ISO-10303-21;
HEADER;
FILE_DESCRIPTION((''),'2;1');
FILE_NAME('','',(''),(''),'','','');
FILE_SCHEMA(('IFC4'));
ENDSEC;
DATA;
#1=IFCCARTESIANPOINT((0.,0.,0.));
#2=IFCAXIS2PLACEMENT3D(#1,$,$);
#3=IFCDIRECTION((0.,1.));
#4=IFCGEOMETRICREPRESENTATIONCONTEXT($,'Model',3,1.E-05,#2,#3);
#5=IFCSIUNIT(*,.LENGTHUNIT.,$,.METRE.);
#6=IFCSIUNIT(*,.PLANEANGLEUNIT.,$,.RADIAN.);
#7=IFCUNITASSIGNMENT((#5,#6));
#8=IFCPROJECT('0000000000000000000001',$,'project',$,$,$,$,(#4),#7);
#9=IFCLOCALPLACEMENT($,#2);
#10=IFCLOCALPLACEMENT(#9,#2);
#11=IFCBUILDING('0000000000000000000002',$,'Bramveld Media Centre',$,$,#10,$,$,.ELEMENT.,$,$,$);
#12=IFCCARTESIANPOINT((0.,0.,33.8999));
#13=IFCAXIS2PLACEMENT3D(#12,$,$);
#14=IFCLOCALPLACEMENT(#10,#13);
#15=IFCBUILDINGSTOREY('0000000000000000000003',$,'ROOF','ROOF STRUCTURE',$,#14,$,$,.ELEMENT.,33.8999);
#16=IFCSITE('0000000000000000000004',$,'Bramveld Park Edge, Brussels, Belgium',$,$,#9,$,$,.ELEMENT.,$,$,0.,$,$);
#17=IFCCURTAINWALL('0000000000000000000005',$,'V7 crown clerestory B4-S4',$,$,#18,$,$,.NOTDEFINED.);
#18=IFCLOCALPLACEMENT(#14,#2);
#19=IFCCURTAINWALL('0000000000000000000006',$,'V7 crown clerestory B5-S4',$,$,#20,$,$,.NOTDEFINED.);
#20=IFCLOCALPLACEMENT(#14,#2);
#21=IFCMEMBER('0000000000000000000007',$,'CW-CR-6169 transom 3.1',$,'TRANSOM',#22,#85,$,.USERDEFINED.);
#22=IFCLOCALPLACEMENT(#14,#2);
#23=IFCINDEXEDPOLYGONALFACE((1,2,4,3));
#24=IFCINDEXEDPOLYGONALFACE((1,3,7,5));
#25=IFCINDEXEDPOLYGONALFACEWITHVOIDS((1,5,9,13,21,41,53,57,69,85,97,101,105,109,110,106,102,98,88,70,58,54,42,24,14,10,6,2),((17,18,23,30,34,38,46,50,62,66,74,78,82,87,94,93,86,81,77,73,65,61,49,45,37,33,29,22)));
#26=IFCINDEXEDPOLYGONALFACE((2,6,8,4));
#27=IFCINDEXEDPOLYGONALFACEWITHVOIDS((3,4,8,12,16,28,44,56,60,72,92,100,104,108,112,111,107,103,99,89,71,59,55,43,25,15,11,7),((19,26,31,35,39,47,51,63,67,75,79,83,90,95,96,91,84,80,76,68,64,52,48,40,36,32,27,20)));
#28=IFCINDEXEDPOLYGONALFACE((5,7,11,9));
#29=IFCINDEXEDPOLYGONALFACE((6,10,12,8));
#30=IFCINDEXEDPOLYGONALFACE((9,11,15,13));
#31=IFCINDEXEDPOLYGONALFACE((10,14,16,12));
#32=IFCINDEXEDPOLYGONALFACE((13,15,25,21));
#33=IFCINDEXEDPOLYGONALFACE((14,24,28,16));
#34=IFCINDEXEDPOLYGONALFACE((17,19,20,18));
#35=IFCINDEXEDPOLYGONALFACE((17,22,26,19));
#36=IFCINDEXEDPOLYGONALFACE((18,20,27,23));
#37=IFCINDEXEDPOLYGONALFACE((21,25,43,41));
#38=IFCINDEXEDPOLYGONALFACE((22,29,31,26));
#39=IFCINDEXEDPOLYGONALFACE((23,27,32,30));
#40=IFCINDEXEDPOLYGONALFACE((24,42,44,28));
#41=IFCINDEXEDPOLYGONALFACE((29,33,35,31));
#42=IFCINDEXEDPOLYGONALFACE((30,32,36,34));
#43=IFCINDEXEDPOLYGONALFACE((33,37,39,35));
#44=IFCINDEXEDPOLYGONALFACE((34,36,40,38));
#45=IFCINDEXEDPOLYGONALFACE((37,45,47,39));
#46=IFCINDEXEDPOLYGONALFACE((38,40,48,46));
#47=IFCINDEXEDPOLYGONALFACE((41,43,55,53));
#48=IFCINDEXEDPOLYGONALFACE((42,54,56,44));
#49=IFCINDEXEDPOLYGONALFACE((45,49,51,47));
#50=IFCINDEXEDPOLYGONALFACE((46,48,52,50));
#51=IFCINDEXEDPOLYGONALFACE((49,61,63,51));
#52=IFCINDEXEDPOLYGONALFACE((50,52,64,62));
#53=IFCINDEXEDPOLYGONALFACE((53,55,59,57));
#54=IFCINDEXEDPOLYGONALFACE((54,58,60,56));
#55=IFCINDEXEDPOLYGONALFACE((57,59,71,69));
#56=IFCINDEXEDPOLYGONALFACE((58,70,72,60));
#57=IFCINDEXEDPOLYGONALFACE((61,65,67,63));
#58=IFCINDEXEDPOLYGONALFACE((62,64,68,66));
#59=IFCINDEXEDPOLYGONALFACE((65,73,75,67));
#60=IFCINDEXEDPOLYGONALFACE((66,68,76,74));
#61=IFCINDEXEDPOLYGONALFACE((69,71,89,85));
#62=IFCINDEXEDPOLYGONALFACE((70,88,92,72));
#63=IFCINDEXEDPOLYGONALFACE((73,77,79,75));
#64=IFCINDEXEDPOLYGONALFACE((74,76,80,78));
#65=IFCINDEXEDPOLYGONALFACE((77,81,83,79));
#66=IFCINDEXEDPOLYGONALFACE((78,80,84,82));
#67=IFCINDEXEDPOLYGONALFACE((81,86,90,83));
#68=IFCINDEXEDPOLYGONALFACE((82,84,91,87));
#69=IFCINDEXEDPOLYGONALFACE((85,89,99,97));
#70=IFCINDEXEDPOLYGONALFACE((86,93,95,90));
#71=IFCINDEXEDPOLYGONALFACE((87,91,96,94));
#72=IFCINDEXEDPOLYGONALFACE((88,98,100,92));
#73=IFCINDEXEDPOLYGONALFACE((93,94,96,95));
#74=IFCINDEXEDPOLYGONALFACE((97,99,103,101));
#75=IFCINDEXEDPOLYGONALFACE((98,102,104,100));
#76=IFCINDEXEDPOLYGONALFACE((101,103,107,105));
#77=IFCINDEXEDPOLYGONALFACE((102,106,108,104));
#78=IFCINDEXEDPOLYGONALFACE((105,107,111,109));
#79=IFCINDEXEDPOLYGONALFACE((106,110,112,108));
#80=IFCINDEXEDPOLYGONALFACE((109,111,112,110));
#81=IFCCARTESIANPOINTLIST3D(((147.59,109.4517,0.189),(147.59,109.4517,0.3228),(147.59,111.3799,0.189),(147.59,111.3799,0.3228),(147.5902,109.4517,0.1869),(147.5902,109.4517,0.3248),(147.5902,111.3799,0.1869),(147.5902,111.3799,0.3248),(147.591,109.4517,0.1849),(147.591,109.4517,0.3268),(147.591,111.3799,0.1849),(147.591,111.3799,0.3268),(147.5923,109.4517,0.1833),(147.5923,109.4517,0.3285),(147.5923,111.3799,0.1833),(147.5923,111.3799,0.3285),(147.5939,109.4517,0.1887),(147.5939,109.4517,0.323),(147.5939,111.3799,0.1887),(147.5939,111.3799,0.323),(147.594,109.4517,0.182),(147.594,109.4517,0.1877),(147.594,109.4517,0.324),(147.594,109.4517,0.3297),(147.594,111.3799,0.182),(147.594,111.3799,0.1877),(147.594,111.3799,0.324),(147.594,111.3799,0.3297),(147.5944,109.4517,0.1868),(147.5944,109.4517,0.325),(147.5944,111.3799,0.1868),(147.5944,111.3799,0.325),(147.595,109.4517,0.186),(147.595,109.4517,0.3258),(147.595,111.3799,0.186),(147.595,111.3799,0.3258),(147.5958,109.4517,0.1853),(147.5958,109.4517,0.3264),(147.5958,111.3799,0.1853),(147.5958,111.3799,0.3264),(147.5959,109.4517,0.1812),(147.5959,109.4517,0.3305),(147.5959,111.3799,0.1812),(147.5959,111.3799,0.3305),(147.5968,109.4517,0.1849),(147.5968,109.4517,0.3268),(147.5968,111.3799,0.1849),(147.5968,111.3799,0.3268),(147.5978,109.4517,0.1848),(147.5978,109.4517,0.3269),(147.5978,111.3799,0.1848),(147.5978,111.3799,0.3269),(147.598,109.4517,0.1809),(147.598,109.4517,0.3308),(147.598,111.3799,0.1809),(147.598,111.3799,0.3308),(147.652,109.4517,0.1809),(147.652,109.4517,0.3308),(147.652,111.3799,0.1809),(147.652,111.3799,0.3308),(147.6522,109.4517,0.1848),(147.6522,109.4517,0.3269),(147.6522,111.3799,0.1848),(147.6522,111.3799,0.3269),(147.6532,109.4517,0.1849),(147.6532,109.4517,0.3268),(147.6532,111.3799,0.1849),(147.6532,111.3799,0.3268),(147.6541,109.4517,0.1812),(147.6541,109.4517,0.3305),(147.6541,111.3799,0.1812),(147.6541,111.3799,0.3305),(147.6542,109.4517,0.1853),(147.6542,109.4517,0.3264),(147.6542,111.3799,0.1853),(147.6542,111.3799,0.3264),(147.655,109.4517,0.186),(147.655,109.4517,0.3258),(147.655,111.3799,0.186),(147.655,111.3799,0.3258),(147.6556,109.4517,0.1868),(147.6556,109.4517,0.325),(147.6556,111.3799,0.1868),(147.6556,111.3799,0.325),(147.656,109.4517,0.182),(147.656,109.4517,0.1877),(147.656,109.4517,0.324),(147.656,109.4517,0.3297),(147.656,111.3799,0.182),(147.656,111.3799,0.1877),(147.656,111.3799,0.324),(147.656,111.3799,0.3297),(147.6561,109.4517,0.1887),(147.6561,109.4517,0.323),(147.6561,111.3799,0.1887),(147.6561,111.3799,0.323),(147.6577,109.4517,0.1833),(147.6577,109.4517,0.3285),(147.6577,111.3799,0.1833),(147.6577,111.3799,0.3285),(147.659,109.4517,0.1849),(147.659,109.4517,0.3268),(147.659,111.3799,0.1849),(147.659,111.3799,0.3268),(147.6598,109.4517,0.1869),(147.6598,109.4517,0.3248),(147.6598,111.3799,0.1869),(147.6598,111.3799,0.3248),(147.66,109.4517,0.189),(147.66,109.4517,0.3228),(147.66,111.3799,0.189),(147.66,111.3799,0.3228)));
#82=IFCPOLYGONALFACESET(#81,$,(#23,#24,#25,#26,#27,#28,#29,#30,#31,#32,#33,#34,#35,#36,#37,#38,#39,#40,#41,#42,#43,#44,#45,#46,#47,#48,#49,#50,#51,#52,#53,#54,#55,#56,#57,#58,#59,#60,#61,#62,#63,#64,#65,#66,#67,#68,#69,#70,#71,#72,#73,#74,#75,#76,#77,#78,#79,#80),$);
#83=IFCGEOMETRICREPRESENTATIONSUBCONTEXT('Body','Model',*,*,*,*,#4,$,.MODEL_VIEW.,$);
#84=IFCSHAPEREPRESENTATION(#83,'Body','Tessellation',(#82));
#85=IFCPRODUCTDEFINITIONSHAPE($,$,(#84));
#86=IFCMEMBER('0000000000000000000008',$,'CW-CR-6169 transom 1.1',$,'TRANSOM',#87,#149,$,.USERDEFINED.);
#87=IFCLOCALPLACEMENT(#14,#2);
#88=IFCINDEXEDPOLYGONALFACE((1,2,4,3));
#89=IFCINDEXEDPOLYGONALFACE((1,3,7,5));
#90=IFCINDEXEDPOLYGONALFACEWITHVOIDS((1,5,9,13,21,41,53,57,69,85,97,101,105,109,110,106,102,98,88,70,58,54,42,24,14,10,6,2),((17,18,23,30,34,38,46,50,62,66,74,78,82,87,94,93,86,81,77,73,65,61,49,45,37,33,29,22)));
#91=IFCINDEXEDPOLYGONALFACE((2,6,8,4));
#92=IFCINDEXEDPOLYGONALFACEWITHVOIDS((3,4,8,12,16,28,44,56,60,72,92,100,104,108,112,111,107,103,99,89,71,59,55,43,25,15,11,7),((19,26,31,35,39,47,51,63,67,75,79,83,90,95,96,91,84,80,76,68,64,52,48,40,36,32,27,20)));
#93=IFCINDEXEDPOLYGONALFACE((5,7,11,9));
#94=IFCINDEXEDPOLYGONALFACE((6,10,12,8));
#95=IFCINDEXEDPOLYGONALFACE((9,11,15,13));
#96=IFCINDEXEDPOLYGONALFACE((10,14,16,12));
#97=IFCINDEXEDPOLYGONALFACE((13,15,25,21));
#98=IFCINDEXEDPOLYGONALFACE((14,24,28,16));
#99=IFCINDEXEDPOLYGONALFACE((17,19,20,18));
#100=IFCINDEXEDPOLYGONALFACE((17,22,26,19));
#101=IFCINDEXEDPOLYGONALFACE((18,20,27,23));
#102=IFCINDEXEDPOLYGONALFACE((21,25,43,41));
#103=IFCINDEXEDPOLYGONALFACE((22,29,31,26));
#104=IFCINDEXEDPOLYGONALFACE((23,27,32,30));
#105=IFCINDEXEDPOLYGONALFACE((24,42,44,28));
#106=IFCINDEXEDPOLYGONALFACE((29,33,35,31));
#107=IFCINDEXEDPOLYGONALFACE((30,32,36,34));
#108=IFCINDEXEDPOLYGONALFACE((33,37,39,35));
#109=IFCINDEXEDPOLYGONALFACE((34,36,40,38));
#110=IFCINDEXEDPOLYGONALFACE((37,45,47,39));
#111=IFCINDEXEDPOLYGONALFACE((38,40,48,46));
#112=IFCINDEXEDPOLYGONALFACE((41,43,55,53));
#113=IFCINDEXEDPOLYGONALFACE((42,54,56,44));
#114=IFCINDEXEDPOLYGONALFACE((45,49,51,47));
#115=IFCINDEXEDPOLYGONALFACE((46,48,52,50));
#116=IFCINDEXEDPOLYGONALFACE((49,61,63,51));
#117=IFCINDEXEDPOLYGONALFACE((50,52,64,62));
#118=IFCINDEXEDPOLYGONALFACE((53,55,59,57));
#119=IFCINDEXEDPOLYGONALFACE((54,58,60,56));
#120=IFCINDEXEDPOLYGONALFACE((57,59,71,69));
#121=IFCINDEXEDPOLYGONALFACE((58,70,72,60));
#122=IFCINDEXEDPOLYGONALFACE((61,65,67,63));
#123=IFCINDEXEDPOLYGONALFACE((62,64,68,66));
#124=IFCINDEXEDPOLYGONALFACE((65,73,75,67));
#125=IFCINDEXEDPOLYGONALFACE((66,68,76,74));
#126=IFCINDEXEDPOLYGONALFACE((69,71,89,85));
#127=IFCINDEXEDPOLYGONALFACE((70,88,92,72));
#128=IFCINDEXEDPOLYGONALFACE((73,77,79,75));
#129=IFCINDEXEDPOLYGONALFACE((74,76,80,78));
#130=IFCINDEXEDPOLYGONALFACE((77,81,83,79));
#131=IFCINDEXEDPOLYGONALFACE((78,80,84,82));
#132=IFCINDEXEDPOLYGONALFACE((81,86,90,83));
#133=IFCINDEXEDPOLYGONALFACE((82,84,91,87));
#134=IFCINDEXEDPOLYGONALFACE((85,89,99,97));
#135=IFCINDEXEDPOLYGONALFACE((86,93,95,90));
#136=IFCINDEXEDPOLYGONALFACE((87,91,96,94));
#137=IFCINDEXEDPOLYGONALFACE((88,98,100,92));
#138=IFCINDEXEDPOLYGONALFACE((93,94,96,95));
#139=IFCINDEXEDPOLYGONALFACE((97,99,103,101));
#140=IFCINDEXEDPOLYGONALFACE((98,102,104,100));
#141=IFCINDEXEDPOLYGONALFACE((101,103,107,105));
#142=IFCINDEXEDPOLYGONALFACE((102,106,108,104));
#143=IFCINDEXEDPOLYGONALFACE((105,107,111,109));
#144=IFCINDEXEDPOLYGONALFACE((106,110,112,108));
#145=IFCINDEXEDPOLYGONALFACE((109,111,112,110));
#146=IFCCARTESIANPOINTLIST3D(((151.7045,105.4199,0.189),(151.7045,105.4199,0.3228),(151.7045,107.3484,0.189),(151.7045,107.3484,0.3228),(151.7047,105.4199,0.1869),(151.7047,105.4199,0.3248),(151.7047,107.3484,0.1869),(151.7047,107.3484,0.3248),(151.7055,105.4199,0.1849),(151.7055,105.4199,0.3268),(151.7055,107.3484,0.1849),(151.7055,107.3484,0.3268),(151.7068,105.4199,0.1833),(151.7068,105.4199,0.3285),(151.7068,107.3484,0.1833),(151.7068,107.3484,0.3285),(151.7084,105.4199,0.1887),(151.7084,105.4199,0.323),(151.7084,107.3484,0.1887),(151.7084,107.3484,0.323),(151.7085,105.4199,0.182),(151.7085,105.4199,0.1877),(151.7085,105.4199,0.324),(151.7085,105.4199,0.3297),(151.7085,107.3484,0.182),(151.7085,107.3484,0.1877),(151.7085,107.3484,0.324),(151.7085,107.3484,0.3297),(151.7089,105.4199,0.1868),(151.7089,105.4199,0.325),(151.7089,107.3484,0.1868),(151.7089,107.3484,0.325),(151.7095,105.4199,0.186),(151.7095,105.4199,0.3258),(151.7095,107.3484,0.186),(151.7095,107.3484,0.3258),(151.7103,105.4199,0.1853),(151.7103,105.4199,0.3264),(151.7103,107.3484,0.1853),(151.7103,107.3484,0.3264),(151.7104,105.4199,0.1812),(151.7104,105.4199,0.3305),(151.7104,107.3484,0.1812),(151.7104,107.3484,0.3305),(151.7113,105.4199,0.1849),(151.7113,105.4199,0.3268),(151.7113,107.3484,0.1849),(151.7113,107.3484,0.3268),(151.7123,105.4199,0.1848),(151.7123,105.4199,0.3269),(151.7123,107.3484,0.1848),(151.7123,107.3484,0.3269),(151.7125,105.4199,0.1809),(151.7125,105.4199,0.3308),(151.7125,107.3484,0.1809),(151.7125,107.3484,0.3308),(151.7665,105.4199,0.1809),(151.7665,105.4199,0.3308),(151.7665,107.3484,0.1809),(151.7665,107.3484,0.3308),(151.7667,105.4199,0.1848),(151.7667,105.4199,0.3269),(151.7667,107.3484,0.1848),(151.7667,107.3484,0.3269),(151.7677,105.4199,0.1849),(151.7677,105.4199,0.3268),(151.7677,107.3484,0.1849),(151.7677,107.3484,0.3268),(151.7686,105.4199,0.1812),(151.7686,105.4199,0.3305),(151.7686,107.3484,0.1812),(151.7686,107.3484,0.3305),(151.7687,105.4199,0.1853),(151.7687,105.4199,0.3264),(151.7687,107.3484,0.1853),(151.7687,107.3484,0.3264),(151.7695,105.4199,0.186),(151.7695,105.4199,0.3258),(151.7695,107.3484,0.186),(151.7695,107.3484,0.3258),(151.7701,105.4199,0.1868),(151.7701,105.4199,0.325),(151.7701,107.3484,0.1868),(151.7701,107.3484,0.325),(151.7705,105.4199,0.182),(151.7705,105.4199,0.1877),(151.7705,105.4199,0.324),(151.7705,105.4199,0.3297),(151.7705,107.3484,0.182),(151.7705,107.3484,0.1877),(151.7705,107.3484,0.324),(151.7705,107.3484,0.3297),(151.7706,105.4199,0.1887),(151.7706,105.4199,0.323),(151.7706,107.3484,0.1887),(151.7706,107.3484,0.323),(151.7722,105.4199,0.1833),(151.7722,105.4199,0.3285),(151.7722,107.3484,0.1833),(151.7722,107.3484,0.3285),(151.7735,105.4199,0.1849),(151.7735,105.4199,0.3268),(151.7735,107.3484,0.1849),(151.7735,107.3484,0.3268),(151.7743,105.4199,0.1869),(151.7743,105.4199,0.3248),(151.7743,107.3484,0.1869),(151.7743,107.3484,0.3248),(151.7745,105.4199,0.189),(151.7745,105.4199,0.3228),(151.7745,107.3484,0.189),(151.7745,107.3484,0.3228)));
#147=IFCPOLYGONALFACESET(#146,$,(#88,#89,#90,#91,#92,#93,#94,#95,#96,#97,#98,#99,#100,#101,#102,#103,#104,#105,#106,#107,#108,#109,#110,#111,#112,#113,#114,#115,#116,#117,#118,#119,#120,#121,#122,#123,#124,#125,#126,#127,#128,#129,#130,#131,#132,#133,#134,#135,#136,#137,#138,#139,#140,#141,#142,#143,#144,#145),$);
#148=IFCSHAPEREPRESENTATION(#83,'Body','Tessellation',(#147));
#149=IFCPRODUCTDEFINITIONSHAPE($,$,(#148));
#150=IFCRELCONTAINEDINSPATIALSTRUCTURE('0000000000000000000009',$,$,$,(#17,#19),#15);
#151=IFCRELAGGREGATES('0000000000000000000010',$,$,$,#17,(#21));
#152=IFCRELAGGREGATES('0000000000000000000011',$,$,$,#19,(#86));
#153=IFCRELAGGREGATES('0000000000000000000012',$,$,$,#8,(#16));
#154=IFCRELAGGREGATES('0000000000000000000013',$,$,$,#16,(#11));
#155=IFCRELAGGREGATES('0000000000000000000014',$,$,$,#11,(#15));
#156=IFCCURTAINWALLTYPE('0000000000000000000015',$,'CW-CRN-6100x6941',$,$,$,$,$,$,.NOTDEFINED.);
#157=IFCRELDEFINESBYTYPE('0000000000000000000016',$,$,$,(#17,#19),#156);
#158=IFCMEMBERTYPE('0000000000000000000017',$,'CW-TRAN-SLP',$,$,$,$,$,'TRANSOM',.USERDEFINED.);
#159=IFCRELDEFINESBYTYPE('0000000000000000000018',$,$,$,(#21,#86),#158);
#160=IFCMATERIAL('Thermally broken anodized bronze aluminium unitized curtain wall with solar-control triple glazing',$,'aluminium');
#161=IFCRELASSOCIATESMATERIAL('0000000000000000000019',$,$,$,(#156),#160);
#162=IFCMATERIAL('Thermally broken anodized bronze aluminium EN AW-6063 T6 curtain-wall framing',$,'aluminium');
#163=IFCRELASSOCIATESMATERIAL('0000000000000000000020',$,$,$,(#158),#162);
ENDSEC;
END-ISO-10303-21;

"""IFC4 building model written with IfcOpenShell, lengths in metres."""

from ifc_helpers import new_model, si_unit, direction, frame, origin, origin_2d, place, context, subcontext, project, spatial, hollow_rectangle, extrude, material, material_profile, profile_set, type_object, element, aggregate, save


model = new_model("IFC4")

# Units and contexts
model_context = context("Model", 3, precision=1e-05, world=origin(), true_north=direction((0.0, 1.0)))
body_context = subcontext(model_context, "Body", "Model", "MODEL_VIEW")
ifc_project = project(units=[si_unit("LENGTHUNIT", "METRE"), si_unit("PLANEANGLEUNIT", "RADIAN")], contexts=[model_context])

# Site, building, storey
site_placement = place(None, origin())
site = spatial("IfcSite", under=ifc_project, at=site_placement, Name="Bramveld Park Edge, Brussels, Belgium", CompositionType="ELEMENT", RefElevation=0.0)
building_placement = place(site_placement, origin())
building = spatial("IfcBuilding", under=site, at=building_placement, Name="Bramveld Media Centre", CompositionType="ELEMENT")
storey_placement = place(building_placement, frame((0.0, 0.0, 33.8999)))
storey = spatial("IfcBuildingStorey", under=building, at=storey_placement, Name="ROOF", Description="ROOF STRUCTURE", CompositionType="ELEMENT", Elevation=33.8999)

# Curtain walls
ifc_material_1 = material(Name="Thermally broken anodized bronze aluminium unitized curtain wall with solar-control triple glazing", Category="aluminium")
curtain_wall_type = type_object("IfcCurtainWallType", Name="CW-CRN-6100x6941", PredefinedType="NOTDEFINED", material=ifc_material_1)
curtain_wall_1_placement = place(storey_placement, origin())
curtain_wall_1 = element("IfcCurtainWall", 1, at=curtain_wall_1_placement, inside=storey, type_object=curtain_wall_type, Name="V7 crown clerestory B4-S4", PredefinedType="NOTDEFINED")
curtain_wall_2_placement = place(storey_placement, origin())
curtain_wall_2 = element("IfcCurtainWall", 2, at=curtain_wall_2_placement, inside=storey, type_object=curtain_wall_type, Name="V7 crown clerestory B5-S4", PredefinedType="NOTDEFINED")

# Members
ifc_material_2 = material(Name="Thermally broken anodized bronze aluminium EN AW-6063 T6 curtain-wall framing", Category="aluminium")
ifc_material_profile_1 = material_profile(ifc_material_2, hollow_rectangle(XDim=0.0701, YDim=0.1499, WallThickness=0.0039, InnerFilletRadius=0.0039, OuterFilletRadius=0.0081, at=origin_2d()), Name="AL-TRAN 70x150")
ifc_profile_set_1 = profile_set([ifc_material_profile_1], Name="Thermally broken anodized bronze aluminium EN AW-6063 T6 curtain-wall framing")
member_type_1 = type_object("IfcMemberType", Name="CW-TRAN-SLP", ElementType="TRANSOM", PredefinedType="USERDEFINED", material=ifc_profile_set_1)
member_1_placement = place(storey_placement, frame((147.625, 109.4517, 0.2559), z_axis=(0.0, 1.0, 0.0), x_axis=(-1.0, 0.0, 0.0)))
member_1 = element("IfcMember", 3, at=member_1_placement, type_object=member_type_1, Name="CW-CR-6169 transom 3.1", ObjectType="TRANSOM", PredefinedType="USERDEFINED", context=body_context, shape_type="SweptSolid", body=[
    extrude(hollow_rectangle(XDim=0.0701, YDim=0.1499, WallThickness=0.0039, InnerFilletRadius=0.0039, OuterFilletRadius=0.0081, at=origin_2d()), origin(), (0.0, 0.0, 1.0), 1.9282),
])
aggregate(curtain_wall_1, [member_1])
member_2_placement = place(storey_placement, frame((151.7395, 105.4199, 0.2559), z_axis=(0.0, 1.0, 0.0), x_axis=(-1.0, 0.0, 0.0)))
member_2 = element("IfcMember", 4, at=member_2_placement, type_object=member_type_1, Name="CW-CR-6169 transom 1.1", ObjectType="TRANSOM", PredefinedType="USERDEFINED", context=body_context, shape_type="SweptSolid", body=[
    extrude(hollow_rectangle(XDim=0.0701, YDim=0.1499, WallThickness=0.0039, InnerFilletRadius=0.0039, OuterFilletRadius=0.0081, at=origin_2d()), origin(), (0.0, 0.0, 1.0), 1.9285),
])
aggregate(curtain_wall_2, [member_2])

save(model, "model.ifc")
